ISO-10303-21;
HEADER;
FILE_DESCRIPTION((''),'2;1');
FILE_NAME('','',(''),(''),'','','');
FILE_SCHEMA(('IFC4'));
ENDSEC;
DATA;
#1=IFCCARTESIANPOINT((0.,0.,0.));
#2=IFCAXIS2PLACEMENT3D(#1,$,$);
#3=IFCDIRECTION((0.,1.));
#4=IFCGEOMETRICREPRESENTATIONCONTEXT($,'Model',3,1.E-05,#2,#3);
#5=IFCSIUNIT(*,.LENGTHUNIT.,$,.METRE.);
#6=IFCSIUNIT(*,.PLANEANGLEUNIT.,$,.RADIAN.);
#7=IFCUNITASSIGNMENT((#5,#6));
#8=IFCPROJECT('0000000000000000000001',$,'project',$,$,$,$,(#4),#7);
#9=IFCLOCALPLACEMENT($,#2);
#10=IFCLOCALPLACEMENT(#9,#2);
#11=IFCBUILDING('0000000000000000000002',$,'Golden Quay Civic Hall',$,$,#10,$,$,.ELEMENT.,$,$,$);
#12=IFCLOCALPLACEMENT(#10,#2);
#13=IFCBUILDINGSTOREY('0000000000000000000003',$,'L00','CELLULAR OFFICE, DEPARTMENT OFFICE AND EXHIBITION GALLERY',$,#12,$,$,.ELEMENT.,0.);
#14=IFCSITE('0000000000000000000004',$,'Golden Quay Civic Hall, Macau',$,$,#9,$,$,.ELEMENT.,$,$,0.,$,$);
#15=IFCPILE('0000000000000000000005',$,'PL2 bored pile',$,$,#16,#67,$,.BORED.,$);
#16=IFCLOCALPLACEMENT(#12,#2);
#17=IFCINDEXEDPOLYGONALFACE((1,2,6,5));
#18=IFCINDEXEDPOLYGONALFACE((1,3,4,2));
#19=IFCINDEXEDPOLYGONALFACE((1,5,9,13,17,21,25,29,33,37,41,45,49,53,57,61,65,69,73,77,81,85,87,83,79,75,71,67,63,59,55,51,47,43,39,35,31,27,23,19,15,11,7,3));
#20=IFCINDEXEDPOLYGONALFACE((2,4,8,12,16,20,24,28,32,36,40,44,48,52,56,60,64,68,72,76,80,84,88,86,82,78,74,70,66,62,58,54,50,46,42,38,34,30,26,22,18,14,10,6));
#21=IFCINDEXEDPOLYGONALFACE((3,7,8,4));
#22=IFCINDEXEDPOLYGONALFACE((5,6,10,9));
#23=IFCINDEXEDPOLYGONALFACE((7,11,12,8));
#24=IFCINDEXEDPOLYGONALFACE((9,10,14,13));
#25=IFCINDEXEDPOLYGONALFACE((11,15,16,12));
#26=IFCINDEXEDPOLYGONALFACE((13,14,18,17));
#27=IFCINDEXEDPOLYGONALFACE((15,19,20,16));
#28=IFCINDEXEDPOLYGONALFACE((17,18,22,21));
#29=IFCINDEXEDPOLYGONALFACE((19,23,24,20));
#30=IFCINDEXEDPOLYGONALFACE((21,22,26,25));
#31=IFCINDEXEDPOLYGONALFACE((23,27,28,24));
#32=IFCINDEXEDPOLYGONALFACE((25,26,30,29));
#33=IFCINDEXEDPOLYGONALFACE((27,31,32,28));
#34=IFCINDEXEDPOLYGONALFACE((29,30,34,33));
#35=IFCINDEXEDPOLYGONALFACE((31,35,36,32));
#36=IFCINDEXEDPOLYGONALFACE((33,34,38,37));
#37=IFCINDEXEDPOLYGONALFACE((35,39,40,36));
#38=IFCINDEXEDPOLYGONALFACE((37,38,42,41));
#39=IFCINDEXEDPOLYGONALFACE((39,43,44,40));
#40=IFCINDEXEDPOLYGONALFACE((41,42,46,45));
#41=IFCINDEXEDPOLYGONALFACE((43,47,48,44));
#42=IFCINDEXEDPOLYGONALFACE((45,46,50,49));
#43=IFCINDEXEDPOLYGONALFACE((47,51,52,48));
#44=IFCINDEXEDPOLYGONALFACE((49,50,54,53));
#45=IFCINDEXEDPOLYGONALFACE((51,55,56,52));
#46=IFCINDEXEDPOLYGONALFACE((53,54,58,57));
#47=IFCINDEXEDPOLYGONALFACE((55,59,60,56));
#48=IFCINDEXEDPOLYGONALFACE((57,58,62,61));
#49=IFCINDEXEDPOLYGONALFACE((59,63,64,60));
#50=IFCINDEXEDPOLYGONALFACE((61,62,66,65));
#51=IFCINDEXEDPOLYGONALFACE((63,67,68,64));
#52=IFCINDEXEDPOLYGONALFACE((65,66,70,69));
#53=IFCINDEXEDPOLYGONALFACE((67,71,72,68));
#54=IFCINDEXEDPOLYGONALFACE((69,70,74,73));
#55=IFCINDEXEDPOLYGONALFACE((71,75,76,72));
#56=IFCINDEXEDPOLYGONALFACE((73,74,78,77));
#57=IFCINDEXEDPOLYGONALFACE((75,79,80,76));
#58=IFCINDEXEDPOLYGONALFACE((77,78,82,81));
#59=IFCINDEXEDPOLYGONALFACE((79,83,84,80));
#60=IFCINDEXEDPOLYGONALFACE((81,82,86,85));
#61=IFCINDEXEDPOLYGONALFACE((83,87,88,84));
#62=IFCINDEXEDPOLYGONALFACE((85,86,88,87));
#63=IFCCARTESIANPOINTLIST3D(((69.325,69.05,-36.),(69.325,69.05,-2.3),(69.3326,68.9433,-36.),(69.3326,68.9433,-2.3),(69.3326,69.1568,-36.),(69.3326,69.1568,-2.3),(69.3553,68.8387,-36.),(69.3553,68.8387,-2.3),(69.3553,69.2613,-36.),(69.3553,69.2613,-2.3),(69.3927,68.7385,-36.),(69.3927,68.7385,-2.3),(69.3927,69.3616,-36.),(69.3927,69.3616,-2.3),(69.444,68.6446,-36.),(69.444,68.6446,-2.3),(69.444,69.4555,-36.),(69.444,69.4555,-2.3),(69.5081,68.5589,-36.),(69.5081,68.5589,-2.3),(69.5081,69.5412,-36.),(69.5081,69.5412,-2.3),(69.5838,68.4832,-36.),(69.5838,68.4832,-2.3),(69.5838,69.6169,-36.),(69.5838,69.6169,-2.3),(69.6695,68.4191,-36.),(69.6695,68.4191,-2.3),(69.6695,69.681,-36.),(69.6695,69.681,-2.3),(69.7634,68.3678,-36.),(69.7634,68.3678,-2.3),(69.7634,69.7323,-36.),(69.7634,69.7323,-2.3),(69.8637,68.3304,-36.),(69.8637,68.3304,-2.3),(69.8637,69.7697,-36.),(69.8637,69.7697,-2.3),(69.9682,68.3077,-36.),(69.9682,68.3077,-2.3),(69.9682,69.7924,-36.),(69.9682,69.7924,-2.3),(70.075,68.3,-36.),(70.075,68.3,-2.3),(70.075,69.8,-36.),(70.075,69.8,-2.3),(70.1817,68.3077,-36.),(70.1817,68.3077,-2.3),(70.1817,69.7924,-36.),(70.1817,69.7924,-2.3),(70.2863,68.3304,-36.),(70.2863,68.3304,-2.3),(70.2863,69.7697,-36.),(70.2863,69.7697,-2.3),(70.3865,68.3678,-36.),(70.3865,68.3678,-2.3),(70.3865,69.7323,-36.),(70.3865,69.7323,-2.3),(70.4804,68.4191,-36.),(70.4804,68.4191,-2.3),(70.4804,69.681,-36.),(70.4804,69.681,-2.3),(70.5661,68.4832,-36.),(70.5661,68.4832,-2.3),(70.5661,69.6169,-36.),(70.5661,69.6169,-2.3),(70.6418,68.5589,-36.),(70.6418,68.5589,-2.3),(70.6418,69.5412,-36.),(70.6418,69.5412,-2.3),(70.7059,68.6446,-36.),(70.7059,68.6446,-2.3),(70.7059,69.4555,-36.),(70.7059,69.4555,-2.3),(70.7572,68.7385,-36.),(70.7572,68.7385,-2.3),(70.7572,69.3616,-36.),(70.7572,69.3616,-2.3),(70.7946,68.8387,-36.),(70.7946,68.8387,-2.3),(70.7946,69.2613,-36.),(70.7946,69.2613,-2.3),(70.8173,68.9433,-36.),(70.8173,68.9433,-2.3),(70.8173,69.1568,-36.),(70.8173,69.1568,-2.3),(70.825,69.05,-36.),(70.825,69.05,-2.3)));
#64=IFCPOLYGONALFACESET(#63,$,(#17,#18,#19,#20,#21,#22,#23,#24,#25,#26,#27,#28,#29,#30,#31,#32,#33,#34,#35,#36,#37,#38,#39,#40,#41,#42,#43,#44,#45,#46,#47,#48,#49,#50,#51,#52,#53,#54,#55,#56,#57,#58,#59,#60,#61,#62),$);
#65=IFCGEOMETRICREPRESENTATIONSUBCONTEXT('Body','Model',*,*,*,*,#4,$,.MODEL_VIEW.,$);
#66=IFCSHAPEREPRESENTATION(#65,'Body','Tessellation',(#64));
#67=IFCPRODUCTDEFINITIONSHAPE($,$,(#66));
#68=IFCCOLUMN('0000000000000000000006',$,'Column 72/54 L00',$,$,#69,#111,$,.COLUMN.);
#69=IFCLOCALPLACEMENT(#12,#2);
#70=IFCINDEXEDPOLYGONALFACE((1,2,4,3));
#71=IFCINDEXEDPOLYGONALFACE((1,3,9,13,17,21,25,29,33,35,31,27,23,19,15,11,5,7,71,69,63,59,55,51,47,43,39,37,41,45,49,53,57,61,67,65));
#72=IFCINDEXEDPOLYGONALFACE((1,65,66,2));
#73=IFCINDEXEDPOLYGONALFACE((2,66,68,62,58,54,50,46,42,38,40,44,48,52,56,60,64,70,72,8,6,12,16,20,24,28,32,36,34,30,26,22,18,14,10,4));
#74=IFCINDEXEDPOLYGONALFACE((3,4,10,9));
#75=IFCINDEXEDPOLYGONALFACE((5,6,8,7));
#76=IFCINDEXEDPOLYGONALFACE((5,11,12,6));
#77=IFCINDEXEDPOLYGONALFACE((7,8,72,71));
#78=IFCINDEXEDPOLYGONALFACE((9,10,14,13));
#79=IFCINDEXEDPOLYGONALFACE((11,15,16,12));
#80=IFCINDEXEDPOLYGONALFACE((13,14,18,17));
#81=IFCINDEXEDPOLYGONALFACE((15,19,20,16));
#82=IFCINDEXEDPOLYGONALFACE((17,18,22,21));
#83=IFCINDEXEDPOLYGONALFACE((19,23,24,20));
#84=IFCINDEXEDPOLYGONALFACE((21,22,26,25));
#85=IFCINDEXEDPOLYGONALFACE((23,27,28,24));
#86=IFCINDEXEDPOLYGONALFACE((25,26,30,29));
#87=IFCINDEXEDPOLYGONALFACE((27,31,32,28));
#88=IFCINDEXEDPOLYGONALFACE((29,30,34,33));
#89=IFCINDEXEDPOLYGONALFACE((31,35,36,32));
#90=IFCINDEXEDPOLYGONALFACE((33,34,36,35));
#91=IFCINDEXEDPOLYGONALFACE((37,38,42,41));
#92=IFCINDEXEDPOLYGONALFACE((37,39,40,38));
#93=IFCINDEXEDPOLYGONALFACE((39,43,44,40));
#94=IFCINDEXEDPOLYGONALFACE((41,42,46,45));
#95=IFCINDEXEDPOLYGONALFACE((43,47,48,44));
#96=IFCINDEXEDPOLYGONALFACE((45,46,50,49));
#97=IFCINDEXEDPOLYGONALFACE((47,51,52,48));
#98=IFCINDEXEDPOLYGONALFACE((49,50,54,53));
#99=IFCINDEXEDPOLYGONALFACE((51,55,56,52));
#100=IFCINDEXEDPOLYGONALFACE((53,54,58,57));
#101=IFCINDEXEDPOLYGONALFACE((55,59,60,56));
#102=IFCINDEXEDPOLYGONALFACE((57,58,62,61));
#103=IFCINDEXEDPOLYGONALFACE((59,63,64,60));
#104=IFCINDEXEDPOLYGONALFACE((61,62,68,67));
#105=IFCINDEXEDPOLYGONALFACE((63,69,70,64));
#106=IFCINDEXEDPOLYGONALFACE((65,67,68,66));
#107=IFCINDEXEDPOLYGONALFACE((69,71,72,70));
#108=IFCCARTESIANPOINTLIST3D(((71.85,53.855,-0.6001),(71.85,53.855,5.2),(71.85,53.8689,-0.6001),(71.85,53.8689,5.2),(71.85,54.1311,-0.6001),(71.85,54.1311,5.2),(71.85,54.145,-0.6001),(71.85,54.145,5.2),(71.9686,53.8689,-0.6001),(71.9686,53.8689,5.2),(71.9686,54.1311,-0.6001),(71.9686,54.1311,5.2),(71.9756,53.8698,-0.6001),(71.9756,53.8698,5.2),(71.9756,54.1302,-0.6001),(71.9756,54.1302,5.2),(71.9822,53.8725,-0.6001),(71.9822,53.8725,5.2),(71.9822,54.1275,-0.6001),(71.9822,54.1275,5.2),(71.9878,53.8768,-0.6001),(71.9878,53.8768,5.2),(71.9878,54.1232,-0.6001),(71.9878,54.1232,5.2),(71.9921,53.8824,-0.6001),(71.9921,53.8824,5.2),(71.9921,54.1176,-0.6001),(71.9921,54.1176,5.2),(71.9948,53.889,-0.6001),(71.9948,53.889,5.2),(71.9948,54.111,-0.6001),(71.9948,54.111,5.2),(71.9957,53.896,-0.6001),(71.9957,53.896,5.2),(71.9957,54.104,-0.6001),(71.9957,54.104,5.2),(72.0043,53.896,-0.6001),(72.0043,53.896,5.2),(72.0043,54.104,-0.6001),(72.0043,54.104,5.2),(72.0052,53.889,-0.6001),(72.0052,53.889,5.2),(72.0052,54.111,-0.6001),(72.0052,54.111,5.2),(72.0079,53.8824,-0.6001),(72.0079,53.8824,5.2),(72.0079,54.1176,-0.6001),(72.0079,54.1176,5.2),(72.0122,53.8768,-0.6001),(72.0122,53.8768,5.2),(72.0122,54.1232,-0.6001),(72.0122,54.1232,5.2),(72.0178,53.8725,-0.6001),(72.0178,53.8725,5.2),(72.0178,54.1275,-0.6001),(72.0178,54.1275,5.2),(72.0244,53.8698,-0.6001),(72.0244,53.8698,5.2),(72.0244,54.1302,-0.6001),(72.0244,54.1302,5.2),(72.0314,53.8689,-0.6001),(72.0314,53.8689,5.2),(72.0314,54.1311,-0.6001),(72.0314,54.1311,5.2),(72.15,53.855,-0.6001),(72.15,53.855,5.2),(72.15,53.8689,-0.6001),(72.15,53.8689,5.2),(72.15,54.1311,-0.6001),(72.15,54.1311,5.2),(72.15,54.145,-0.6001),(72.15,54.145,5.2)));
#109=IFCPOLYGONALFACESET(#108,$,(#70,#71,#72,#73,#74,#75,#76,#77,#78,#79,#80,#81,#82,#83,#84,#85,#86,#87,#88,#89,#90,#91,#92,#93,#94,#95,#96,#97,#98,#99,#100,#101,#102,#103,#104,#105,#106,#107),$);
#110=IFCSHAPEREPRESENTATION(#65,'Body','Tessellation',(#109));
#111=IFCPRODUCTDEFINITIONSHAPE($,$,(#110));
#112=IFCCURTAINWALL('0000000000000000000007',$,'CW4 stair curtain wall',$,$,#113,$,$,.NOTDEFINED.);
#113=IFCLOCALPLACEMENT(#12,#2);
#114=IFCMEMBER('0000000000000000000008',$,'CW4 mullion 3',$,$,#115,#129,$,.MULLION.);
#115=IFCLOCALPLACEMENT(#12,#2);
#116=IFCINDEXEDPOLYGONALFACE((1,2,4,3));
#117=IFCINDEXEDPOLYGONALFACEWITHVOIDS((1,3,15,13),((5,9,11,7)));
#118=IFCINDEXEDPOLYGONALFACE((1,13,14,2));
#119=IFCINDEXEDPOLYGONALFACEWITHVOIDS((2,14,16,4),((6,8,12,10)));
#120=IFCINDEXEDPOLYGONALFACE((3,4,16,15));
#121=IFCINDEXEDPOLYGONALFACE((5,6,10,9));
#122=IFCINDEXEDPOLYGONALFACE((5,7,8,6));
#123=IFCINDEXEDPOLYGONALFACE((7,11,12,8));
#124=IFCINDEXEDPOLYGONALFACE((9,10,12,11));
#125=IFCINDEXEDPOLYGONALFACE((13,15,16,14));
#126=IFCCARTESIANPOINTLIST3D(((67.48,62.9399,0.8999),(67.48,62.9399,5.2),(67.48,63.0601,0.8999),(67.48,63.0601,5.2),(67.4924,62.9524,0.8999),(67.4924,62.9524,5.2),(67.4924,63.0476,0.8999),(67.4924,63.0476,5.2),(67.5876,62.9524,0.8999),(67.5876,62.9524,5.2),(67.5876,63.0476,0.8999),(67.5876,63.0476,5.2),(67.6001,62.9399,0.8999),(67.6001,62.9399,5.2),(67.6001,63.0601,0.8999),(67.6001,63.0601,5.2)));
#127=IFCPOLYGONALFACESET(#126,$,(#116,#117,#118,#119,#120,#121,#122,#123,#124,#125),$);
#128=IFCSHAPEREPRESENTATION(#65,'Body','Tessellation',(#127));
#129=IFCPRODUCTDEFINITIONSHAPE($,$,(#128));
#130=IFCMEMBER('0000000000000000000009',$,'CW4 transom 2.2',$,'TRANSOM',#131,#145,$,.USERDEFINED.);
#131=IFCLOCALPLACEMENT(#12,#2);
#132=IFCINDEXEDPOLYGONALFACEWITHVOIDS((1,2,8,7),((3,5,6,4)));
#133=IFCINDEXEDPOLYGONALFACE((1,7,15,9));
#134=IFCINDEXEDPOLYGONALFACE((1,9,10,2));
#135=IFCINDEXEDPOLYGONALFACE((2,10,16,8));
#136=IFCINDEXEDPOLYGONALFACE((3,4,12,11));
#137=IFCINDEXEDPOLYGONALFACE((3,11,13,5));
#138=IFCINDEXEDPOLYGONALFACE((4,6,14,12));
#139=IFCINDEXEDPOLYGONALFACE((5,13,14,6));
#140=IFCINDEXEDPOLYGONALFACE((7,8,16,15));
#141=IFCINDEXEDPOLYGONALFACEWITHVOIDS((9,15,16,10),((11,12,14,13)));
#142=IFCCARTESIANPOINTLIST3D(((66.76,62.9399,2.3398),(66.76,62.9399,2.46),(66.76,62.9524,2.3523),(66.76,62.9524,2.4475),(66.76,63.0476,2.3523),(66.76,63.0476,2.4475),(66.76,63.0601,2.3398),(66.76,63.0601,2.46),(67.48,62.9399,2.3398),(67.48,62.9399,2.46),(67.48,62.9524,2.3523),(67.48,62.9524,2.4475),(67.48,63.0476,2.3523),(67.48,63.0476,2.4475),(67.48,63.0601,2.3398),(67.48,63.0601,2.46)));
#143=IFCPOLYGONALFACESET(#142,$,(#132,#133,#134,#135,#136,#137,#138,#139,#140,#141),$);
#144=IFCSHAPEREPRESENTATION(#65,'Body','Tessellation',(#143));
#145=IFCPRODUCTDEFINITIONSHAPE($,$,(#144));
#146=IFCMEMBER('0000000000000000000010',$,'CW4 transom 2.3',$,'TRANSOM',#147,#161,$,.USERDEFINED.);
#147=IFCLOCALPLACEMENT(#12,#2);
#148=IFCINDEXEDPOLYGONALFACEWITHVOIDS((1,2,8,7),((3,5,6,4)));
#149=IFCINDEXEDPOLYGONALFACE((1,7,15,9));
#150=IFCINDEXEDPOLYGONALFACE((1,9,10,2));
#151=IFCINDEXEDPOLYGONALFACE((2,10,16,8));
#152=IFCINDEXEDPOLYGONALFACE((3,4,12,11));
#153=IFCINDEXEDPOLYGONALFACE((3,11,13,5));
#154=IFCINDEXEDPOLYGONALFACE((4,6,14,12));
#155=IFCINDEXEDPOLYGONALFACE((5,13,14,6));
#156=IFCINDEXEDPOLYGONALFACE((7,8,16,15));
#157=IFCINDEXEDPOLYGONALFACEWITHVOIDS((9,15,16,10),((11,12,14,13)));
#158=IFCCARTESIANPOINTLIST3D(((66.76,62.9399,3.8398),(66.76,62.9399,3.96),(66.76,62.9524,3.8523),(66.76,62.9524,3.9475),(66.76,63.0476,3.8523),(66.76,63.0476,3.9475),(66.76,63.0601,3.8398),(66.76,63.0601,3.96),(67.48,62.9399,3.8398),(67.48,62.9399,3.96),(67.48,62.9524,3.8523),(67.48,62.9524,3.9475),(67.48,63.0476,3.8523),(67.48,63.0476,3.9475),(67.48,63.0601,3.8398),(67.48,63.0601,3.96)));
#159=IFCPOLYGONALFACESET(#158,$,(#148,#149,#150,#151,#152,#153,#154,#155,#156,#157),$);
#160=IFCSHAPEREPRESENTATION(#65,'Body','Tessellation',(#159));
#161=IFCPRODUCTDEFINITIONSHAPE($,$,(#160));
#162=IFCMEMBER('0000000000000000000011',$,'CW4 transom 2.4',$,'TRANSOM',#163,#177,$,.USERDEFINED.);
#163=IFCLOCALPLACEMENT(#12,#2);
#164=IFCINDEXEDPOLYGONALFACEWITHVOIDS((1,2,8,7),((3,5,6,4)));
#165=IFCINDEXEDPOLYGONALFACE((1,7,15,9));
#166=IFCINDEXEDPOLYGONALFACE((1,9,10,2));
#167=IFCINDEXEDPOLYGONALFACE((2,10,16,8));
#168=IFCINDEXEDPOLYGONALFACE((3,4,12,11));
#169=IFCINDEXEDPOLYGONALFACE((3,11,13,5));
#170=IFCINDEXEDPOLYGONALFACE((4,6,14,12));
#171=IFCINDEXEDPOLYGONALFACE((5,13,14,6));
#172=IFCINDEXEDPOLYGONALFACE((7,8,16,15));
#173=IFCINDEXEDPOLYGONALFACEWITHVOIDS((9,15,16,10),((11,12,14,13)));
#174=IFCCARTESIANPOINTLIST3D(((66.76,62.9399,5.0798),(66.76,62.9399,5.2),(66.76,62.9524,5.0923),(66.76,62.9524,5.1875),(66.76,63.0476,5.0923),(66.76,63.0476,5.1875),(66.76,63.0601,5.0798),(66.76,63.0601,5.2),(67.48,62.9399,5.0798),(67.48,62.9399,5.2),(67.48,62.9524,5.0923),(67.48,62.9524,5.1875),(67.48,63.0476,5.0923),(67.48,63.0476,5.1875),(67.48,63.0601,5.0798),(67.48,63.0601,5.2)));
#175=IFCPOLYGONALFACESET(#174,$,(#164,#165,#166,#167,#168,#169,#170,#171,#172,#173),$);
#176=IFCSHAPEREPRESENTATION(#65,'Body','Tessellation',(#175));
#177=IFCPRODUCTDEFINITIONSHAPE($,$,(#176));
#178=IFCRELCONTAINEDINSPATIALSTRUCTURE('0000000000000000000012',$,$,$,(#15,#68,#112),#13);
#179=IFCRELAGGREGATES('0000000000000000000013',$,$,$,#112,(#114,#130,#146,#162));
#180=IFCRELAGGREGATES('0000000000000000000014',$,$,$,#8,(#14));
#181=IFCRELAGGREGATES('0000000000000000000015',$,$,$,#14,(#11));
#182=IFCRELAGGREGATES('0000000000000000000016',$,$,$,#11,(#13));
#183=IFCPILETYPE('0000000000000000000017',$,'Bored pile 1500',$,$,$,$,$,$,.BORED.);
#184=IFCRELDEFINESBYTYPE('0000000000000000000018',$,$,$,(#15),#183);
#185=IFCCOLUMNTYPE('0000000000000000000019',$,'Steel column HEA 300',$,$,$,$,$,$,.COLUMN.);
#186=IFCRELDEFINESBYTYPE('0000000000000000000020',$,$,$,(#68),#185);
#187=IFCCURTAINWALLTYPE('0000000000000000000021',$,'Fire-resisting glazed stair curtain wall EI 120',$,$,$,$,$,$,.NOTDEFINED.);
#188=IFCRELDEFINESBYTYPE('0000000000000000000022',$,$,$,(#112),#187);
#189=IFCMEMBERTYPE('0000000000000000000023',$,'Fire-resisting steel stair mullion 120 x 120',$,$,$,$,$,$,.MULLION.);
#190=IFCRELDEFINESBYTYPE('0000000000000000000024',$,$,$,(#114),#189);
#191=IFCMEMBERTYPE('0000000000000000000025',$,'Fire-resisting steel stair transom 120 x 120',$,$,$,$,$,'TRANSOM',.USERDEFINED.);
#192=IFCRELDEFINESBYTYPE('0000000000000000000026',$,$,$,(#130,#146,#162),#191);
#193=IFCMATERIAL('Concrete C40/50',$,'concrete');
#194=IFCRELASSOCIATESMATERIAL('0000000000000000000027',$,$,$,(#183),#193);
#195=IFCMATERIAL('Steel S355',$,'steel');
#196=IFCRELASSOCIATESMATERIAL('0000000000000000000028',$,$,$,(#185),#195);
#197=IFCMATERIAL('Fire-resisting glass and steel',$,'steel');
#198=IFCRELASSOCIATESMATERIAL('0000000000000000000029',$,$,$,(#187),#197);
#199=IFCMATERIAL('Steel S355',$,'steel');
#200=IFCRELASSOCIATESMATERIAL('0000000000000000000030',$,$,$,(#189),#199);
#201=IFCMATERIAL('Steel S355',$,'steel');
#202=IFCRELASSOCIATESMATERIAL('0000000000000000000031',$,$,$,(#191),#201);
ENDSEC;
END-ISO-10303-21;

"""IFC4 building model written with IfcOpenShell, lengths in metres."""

from ifc_helpers import new_model, si_unit, direction, frame, origin, origin_2d, place, context, subcontext, project, spatial, hollow_rectangle, circle, i_section, extrude, material, material_profile, profile_set, type_object, element, aggregate, save


model = new_model("IFC4")

# Units and contexts
model_context = context("Model", 3, precision=1e-05, world=origin(), true_north=direction((0.0, 1.0)))
body_context = subcontext(model_context, "Body", "Model", "MODEL_VIEW")
ifc_project = project(units=[si_unit("LENGTHUNIT", "METRE"), si_unit("PLANEANGLEUNIT", "RADIAN")], contexts=[model_context])

# Site, building, storey
site_placement = place(None, origin())
site = spatial("IfcSite", under=ifc_project, at=site_placement, Name="Golden Quay Civic Hall, Macau", CompositionType="ELEMENT", RefElevation=0.0)
building_placement = place(site_placement, origin())
building = spatial("IfcBuilding", under=site, at=building_placement, Name="Golden Quay Civic Hall", CompositionType="ELEMENT")
storey_placement = place(building_placement, origin())
storey = spatial("IfcBuildingStorey", under=building, at=storey_placement, Name="L00", Description="CELLULAR OFFICE, DEPARTMENT OFFICE AND EXHIBITION GALLERY", CompositionType="ELEMENT", Elevation=0.0)

# Pile
ifc_material_1 = material(Name="Concrete C40/50", Category="concrete")
ifc_material_profile_1 = material_profile(ifc_material_1, circle(Radius=0.75, at=origin_2d()), Name="RC D1500")
ifc_profile_set_1 = profile_set([ifc_material_profile_1], Name="Concrete C40/50")
pile_type_1 = type_object("IfcPileType", Name="Bored pile 1500", PredefinedType="BORED", material=ifc_profile_set_1)
for number, where, z_axis, x_axis, name in (
    (1, (70.075, 69.05, -2.3), (0.0, 0.0, -1.0), (1.0, 0.0, 0.0), "PL2 bored pile"),
):
    element("IfcPile", number, at=place(storey_placement, frame(where, z_axis=z_axis, x_axis=x_axis)), inside=storey, type_object=pile_type_1, Name=name, PredefinedType="BORED", context=body_context, shape_type="SweptSolid", body=[
        extrude(circle(Radius=0.75, at=origin_2d()), origin(), (0.0, 0.0, 1.0), 33.7),
    ])

# Column
ifc_material_2 = material(Name="Steel S355", Category="steel")
ifc_material_profile_2 = material_profile(ifc_material_2, i_section(OverallWidth=0.3, OverallDepth=0.29, WebThickness=0.0085, FlangeThickness=0.0139, FilletRadius=0.0271, at=origin_2d()), Name="HEA 300")
ifc_profile_set_2 = profile_set([ifc_material_profile_2], Name="Steel S355")
column_type = type_object("IfcColumnType", Name="Steel column HEA 300", PredefinedType="COLUMN", material=ifc_profile_set_2)
column_placement = place(storey_placement, frame((72.0, 54.0, -0.6001), z_axis=(0.0, 0.0, 1.0), x_axis=(1.0, 0.0, 0.0)))
element("IfcColumn", 2, at=column_placement, inside=storey, type_object=column_type, Name="Column 72/54 L00", PredefinedType="COLUMN", context=body_context, shape_type="SweptSolid", body=[
    extrude(i_section(OverallWidth=0.3, OverallDepth=0.29, WebThickness=0.0085, FlangeThickness=0.0139, FilletRadius=0.0271, at=origin_2d()), origin(), (0.0, 0.0, 1.0), 5.8),
])

# Curtain wall, members
ifc_material_3 = material(Name="Fire-resisting glass and steel", Category="steel")
curtain_wall_type_1 = type_object("IfcCurtainWallType", Name="Fire-resisting glazed stair curtain wall EI 120", PredefinedType="NOTDEFINED", material=ifc_material_3)
curtain_wall_1_placement = place(storey_placement, origin())
curtain_wall_1 = element("IfcCurtainWall", 3, at=curtain_wall_1_placement, inside=storey, type_object=curtain_wall_type_1, Name="CW4 stair curtain wall", PredefinedType="NOTDEFINED")
ifc_material_4 = material(Name="Steel S355", Category="steel")
ifc_material_profile_3 = material_profile(ifc_material_4, hollow_rectangle(XDim=0.1201, YDim=0.1201, WallThickness=0.0125, at=origin_2d()), Name="SHS 120x120x12.5")
ifc_profile_set_3 = profile_set([ifc_material_profile_3], Name="Steel S355")
member_type_1 = type_object("IfcMemberType", Name="Fire-resisting steel stair mullion 120 x 120", PredefinedType="MULLION", material=ifc_profile_set_3)
member_1_placement = place(storey_placement, frame((67.54, 63.0, 0.8999), z_axis=(0.0, 0.0, 1.0), x_axis=(0.0, 1.0, 0.0)))
member_1 = element("IfcMember", 4, at=member_1_placement, type_object=member_type_1, Name="CW4 mullion 3", PredefinedType="MULLION", context=body_context, shape_type="SweptSolid", body=[
    extrude(hollow_rectangle(XDim=0.1201, YDim=0.1201, WallThickness=0.0125, at=origin_2d()), origin(), (0.0, 0.0, 1.0), 4.3),
])
ifc_material_5 = material(Name="Steel S355", Category="steel")
ifc_material_profile_4 = material_profile(ifc_material_5, hollow_rectangle(XDim=0.1201, YDim=0.1201, WallThickness=0.0125, at=origin_2d()), Name="SHS 120x120x12.5")
ifc_profile_set_4 = profile_set([ifc_material_profile_4], Name="Steel S355")
member_type_2 = type_object("IfcMemberType", Name="Fire-resisting steel stair transom 120 x 120", ElementType="TRANSOM", PredefinedType="USERDEFINED", material=ifc_profile_set_4)
member_2_placement = place(storey_placement, frame((66.76, 63.0, 2.3999), z_axis=(1.0, 0.0, 0.0), x_axis=(0.0, 1.0, 0.0)))
member_2 = element("IfcMember", 5, at=member_2_placement, type_object=member_type_2, Name="CW4 transom 2.2", ObjectType="TRANSOM", PredefinedType="USERDEFINED", context=body_context, shape_type="SweptSolid", body=[
    extrude(hollow_rectangle(XDim=0.1201, YDim=0.1201, WallThickness=0.0125, at=origin_2d()), origin(), (0.0, 0.0, 1.0), 0.72),
])
member_3_placement = place(storey_placement, frame((66.76, 63.0, 3.8999), z_axis=(1.0, 0.0, 0.0), x_axis=(0.0, 1.0, 0.0)))
member_3 = element("IfcMember", 6, at=member_3_placement, type_object=member_type_2, Name="CW4 transom 2.3", ObjectType="TRANSOM", PredefinedType="USERDEFINED", context=body_context, shape_type="SweptSolid", body=[
    extrude(hollow_rectangle(XDim=0.1201, YDim=0.1201, WallThickness=0.0125, at=origin_2d()), origin(), (0.0, 0.0, 1.0), 0.72),
])
member_4_placement = place(storey_placement, frame((66.76, 63.0, 5.1399), z_axis=(1.0, 0.0, 0.0), x_axis=(0.0, 1.0, 0.0)))
member_4 = element("IfcMember", 7, at=member_4_placement, type_object=member_type_2, Name="CW4 transom 2.4", ObjectType="TRANSOM", PredefinedType="USERDEFINED", context=body_context, shape_type="SweptSolid", body=[
    extrude(hollow_rectangle(XDim=0.1201, YDim=0.1201, WallThickness=0.0125, at=origin_2d()), origin(), (0.0, 0.0, 1.0), 0.72),
])

aggregate(curtain_wall_1, [member_1, member_2, member_3, member_4])

save(model, "model.ifc")
